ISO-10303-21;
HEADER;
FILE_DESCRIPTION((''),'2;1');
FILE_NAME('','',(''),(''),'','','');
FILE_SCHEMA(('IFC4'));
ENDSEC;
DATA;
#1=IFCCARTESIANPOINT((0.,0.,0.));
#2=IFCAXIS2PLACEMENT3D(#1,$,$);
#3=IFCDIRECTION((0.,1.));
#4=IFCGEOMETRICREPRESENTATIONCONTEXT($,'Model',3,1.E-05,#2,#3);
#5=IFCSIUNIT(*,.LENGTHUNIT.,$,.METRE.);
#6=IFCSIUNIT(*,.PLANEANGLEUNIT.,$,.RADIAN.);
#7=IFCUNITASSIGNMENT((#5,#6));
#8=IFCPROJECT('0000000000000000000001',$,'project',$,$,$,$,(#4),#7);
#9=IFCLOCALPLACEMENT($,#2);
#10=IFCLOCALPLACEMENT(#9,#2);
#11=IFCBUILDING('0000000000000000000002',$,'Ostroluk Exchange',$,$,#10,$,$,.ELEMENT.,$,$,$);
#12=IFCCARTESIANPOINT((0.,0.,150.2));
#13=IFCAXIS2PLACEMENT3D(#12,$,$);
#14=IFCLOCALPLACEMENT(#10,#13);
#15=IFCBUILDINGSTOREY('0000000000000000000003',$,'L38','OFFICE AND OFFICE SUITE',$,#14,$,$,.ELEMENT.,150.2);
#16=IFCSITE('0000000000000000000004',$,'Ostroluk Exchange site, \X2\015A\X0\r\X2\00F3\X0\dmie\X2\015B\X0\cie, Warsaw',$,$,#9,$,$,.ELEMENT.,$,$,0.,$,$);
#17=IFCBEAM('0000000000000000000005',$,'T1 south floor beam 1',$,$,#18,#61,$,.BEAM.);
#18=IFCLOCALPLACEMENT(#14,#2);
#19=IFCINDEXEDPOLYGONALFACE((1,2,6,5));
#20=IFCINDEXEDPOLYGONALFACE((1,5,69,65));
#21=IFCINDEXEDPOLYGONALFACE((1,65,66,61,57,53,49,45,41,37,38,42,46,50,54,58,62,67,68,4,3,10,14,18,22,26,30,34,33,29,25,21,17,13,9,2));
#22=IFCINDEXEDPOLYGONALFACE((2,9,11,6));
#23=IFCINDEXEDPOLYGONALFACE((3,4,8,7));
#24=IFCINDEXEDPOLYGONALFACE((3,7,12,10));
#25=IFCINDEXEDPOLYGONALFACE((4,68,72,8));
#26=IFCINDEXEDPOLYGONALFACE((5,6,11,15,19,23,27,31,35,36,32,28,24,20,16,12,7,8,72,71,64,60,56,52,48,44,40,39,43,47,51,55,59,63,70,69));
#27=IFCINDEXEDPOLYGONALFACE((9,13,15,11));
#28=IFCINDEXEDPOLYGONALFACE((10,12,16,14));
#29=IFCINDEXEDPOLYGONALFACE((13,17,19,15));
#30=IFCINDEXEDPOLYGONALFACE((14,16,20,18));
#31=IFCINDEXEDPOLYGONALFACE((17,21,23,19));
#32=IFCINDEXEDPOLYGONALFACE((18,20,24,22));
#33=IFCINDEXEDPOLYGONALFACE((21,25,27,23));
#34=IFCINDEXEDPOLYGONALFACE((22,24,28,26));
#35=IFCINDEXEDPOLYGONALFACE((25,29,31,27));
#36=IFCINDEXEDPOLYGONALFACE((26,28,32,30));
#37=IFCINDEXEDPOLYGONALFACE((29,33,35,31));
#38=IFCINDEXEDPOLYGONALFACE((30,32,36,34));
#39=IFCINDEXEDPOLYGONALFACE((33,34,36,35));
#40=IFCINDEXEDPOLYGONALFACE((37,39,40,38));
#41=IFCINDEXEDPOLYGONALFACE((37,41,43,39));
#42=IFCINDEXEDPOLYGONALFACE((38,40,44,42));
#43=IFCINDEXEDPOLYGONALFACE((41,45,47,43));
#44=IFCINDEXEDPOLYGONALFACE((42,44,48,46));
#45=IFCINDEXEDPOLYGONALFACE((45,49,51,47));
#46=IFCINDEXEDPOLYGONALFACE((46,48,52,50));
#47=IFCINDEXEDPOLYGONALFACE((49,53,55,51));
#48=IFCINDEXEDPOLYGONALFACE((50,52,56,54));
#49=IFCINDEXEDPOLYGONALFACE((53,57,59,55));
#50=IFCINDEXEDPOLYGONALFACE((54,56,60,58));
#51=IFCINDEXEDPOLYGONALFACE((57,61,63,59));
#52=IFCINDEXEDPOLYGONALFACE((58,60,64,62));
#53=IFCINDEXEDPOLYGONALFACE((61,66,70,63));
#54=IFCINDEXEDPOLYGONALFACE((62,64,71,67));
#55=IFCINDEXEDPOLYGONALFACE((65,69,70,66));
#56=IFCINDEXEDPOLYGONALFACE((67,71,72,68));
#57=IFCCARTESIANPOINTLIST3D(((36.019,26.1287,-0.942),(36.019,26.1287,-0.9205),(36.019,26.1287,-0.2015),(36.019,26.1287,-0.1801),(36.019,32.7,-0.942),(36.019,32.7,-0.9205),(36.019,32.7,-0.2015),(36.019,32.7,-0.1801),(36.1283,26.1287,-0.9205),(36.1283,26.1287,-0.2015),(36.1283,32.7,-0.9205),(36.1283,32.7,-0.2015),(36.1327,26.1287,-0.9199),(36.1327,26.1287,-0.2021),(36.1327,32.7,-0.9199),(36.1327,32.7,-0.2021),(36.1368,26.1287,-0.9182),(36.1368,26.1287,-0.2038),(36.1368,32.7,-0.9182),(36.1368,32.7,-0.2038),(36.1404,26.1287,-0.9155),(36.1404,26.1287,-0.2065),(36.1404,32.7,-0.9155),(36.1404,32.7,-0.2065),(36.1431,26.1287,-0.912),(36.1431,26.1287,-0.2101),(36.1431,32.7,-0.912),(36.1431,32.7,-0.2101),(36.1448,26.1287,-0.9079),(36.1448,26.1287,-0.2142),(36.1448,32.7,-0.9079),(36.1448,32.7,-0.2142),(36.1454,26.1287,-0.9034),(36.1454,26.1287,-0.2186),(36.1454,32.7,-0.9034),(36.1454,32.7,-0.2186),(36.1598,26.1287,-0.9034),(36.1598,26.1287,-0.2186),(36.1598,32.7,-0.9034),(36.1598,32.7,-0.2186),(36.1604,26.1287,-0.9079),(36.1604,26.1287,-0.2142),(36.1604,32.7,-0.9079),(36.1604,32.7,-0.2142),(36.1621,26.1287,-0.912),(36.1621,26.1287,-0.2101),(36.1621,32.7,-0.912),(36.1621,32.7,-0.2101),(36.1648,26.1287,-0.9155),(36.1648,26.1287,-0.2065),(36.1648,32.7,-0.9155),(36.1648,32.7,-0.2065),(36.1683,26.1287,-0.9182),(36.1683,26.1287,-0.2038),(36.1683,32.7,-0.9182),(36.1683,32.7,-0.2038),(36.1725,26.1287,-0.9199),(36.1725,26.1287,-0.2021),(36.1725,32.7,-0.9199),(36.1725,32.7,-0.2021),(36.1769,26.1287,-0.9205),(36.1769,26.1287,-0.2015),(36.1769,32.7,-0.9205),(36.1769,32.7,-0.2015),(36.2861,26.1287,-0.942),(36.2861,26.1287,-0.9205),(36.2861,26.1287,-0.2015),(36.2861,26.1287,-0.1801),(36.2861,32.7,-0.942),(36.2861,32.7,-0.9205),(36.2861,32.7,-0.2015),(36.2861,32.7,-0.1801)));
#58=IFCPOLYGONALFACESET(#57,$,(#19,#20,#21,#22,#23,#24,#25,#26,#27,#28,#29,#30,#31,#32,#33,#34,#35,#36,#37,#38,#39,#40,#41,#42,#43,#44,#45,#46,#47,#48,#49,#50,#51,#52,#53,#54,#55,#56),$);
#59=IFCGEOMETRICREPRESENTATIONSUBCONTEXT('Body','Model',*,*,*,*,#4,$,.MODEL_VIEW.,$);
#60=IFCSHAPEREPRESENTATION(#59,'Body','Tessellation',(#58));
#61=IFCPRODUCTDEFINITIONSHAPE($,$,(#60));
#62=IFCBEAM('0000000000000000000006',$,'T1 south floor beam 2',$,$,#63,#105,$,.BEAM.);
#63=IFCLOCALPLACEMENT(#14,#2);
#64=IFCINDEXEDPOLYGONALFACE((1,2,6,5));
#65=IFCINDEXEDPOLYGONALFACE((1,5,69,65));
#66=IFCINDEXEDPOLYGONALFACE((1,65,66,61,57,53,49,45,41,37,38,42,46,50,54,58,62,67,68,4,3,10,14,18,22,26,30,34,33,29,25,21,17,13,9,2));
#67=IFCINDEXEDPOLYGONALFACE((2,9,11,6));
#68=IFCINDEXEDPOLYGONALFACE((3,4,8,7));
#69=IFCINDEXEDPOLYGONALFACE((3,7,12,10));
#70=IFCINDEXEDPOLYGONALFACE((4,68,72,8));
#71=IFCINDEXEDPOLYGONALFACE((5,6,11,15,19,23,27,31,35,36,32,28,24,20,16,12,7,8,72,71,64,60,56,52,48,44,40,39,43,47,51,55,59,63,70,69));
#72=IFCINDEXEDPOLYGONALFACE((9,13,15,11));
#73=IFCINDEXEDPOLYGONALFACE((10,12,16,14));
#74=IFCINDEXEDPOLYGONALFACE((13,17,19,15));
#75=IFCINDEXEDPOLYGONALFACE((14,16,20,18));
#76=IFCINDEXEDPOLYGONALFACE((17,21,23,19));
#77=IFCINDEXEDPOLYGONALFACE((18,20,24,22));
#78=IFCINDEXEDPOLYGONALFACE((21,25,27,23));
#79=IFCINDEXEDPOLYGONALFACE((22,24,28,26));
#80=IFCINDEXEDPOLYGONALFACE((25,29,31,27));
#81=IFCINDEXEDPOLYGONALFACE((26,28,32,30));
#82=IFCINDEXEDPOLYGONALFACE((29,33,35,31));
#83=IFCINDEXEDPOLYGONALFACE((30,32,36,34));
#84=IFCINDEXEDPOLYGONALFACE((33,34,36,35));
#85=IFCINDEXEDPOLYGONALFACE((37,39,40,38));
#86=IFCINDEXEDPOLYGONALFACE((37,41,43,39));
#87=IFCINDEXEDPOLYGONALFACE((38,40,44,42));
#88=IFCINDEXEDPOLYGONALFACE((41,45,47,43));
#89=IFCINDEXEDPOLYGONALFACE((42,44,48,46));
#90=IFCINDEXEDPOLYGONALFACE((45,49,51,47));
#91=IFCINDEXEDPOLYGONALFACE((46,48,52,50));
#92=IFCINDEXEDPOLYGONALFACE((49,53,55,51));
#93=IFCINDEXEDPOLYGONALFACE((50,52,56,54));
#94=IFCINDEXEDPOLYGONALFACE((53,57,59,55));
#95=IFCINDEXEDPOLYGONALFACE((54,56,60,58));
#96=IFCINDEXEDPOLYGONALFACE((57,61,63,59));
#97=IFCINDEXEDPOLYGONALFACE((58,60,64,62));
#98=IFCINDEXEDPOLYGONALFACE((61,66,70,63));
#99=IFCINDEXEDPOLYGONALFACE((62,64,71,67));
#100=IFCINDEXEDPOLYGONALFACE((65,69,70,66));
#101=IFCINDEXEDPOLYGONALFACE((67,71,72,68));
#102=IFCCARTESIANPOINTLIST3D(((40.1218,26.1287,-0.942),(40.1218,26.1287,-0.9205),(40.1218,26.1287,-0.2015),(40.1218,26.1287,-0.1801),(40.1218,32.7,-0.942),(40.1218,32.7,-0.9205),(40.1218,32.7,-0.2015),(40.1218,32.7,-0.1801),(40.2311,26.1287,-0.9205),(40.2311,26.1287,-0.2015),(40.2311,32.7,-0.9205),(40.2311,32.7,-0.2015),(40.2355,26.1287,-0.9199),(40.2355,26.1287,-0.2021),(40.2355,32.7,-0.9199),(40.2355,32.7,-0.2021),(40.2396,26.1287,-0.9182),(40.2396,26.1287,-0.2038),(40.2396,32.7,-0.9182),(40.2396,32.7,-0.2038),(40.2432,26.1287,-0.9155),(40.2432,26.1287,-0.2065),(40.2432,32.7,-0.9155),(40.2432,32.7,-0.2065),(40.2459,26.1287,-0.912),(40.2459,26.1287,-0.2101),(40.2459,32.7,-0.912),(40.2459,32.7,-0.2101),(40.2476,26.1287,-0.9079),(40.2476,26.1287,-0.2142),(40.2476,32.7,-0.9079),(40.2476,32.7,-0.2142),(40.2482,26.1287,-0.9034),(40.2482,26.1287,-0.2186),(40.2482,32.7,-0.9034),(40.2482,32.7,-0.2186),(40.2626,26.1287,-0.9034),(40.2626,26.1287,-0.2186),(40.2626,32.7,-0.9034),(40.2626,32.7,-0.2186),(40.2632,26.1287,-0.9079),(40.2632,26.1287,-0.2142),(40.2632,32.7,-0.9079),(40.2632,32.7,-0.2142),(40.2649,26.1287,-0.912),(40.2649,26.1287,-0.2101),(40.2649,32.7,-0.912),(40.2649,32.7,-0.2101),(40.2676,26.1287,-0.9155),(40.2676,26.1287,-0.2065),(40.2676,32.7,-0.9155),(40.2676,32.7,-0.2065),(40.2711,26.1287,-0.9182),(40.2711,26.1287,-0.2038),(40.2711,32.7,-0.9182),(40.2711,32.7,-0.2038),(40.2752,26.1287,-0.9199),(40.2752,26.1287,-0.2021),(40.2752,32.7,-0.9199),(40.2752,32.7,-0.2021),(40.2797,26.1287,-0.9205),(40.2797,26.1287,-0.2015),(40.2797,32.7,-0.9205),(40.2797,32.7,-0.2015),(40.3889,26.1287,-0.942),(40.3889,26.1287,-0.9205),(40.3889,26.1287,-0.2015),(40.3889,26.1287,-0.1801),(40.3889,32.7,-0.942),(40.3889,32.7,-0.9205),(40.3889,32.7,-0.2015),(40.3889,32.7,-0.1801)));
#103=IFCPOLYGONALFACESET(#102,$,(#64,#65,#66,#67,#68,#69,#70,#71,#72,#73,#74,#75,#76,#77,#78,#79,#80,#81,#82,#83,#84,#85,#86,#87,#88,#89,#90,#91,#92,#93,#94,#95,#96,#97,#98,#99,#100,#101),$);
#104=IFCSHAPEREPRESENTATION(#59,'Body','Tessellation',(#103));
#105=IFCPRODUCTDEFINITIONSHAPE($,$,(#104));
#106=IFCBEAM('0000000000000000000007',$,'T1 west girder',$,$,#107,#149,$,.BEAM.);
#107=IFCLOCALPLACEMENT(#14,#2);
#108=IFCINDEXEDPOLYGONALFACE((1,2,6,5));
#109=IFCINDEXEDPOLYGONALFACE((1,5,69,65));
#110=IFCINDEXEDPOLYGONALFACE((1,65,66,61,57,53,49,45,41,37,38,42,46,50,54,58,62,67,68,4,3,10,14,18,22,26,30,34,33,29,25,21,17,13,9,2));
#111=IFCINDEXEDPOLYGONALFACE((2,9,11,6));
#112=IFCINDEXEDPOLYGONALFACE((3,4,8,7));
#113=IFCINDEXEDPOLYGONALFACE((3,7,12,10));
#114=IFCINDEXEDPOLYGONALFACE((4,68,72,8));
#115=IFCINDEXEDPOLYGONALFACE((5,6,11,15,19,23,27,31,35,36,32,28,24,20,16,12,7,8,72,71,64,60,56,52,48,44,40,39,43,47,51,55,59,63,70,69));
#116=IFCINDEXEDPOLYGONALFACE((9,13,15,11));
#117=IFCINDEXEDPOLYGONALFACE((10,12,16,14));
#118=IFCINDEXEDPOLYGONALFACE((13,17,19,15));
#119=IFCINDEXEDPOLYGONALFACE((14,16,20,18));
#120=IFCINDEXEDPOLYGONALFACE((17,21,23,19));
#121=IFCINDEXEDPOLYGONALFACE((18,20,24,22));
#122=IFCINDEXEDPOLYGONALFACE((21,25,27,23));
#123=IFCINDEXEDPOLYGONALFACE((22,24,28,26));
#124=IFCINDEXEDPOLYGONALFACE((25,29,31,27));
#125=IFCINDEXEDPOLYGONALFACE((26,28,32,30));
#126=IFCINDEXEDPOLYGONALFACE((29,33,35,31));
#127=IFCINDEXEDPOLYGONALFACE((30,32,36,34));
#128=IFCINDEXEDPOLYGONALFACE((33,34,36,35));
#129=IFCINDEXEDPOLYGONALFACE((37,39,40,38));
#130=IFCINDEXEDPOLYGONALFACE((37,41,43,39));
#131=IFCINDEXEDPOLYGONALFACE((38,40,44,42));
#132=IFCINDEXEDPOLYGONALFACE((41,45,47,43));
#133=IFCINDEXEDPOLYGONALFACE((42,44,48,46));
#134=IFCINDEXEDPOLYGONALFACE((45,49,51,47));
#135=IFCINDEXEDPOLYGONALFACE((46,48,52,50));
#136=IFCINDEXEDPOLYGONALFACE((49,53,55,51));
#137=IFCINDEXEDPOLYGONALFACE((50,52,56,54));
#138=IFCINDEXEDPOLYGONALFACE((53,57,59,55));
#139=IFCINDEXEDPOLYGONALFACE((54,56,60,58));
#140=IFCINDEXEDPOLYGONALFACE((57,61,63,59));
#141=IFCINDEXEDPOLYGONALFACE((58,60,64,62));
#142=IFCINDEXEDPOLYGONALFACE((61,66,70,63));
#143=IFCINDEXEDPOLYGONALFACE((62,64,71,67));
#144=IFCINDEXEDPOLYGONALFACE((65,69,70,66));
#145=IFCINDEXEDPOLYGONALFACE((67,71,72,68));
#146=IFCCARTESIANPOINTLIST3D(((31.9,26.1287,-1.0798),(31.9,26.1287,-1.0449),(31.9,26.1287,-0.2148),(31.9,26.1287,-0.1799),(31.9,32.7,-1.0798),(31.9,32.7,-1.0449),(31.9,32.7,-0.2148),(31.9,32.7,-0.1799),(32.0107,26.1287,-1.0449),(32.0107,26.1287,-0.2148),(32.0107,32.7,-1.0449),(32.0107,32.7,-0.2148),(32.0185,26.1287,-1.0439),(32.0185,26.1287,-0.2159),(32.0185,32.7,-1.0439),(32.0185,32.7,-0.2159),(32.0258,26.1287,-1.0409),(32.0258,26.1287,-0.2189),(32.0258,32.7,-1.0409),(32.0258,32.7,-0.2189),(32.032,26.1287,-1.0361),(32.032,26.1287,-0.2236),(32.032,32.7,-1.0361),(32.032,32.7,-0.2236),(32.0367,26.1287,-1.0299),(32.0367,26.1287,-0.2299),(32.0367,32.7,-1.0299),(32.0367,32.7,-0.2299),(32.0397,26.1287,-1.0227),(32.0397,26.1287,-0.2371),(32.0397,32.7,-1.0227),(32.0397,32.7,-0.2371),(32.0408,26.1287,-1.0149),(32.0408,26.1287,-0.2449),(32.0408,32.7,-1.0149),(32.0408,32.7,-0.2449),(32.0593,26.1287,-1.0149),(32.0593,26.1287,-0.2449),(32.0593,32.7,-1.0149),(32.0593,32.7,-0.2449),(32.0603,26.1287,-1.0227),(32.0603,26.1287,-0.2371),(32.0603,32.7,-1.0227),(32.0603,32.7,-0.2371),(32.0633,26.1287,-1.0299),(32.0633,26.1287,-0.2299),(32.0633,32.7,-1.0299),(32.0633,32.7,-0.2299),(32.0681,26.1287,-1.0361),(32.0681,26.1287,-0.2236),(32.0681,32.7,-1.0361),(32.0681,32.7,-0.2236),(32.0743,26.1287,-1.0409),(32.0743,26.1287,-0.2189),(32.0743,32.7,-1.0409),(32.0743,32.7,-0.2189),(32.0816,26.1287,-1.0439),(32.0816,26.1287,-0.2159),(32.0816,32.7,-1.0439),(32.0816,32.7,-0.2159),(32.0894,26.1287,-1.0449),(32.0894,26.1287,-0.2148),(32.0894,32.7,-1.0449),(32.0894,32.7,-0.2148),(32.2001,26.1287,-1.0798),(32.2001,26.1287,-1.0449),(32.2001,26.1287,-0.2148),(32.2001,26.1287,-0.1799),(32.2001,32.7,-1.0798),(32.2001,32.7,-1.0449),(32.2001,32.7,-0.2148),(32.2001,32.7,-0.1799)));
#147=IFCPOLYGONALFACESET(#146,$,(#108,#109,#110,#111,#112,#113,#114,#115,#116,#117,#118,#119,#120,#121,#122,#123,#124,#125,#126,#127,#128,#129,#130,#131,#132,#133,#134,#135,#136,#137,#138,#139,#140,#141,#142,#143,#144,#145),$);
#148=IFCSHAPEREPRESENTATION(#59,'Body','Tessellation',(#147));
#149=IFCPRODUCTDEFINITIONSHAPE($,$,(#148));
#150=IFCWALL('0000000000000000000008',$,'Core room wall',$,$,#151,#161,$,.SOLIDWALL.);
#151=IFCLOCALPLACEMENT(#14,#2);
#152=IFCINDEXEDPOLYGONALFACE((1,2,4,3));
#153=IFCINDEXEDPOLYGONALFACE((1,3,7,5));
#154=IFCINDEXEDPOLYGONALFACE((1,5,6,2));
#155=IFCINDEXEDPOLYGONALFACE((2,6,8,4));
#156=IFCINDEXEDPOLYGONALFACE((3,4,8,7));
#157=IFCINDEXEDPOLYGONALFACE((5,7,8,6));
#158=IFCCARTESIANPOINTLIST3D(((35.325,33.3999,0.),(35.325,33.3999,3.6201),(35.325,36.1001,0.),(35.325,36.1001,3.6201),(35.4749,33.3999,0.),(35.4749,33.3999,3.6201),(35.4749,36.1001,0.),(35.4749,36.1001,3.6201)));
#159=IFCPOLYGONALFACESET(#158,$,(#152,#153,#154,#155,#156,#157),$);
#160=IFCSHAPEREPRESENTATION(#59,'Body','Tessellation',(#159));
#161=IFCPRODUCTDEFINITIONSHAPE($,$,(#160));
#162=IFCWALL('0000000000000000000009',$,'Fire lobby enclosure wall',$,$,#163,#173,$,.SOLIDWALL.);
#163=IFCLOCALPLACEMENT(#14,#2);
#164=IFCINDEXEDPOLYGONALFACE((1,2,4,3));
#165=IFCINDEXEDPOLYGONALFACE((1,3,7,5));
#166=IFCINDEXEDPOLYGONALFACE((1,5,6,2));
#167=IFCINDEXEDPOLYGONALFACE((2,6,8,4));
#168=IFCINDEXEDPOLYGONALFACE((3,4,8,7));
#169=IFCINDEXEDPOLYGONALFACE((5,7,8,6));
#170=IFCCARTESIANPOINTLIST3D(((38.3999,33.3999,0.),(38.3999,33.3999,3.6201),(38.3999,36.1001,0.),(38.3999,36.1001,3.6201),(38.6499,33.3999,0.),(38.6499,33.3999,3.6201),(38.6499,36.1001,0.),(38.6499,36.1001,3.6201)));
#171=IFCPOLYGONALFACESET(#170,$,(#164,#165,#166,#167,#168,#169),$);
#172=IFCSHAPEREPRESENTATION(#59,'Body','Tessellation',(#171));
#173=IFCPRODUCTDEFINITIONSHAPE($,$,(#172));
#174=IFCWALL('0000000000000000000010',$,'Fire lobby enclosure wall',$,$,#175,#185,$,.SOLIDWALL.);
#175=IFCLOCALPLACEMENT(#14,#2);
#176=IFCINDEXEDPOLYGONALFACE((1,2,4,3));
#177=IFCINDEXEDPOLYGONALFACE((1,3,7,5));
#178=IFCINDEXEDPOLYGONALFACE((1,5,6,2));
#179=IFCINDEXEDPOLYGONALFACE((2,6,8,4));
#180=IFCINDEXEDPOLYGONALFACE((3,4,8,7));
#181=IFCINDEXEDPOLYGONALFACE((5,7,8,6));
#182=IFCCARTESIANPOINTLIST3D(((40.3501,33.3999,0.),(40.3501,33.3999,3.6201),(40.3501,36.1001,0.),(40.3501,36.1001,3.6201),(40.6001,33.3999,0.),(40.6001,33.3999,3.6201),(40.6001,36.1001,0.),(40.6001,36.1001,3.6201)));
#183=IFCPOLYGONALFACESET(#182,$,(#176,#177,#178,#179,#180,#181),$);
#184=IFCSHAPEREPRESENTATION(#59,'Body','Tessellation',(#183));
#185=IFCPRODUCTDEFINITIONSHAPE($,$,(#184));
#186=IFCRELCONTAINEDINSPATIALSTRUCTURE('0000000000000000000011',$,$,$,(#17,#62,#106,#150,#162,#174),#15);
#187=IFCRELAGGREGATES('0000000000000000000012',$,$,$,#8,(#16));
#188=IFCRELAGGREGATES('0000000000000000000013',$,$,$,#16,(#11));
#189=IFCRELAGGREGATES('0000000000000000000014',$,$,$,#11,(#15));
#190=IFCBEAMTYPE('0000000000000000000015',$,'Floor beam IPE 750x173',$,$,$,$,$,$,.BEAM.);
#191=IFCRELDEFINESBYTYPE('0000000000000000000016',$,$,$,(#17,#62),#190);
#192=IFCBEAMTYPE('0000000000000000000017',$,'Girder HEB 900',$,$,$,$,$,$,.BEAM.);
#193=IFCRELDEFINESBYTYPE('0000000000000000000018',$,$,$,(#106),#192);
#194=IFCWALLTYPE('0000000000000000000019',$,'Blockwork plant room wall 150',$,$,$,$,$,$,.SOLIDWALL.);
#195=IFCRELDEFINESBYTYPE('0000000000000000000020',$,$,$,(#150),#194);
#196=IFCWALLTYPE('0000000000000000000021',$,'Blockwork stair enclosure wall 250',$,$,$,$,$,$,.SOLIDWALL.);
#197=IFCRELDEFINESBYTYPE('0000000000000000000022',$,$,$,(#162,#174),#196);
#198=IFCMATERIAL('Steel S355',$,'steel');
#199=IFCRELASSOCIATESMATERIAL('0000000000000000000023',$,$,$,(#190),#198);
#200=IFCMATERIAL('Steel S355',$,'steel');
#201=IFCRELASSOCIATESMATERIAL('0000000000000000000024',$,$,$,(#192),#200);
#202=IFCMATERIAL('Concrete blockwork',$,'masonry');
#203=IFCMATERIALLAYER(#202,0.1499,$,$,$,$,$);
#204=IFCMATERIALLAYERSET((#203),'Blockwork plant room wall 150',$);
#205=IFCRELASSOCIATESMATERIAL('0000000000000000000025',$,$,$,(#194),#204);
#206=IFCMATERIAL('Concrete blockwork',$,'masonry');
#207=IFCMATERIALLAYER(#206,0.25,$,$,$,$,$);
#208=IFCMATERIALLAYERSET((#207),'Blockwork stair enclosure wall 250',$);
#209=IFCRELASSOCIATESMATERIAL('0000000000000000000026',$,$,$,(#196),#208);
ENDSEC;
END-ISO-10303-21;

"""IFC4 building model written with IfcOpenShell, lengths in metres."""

from ifc_helpers import new_model, si_unit, direction, frame, frame_2d, origin, origin_2d, place, context, subcontext, project, spatial, rectangle, i_section, extrude, material, layer, layer_set, material_profile, profile_set, type_object, element, save


model = new_model("IFC4")

# Units and contexts
model_context = context("Model", 3, precision=1e-05, world=origin(), true_north=direction((0.0, 1.0)))
body_context = subcontext(model_context, "Body", "Model", "MODEL_VIEW")
ifc_project = project(units=[si_unit("LENGTHUNIT", "METRE"), si_unit("PLANEANGLEUNIT", "RADIAN")], contexts=[model_context])

# Site, building, storey
site_placement = place(None, origin())
site = spatial("IfcSite", under=ifc_project, at=site_placement, Name="Ostroluk Exchange site, Śródmieście, Warsaw", CompositionType="ELEMENT", RefElevation=0.0)
building_placement = place(site_placement, origin())
building = spatial("IfcBuilding", under=site, at=building_placement, Name="Ostroluk Exchange", CompositionType="ELEMENT")
storey_placement = place(building_placement, frame((0.0, 0.0, 150.2)))
storey = spatial("IfcBuildingStorey", under=building, at=storey_placement, Name="L38", Description="OFFICE AND OFFICE SUITE", CompositionType="ELEMENT", Elevation=150.2)

# Beams
ifc_material_1 = material(Name="Steel S355", Category="steel")
ifc_material_profile_1 = material_profile(ifc_material_1, i_section(OverallWidth=0.2671, OverallDepth=0.762, WebThickness=0.0144, FlangeThickness=0.0215, FilletRadius=0.0171, at=origin_2d()), Name="IPE 750x173")
ifc_profile_set_1 = profile_set([ifc_material_profile_1], Name="Steel S355")
beam_type_1 = type_object("IfcBeamType", Name="Floor beam IPE 750x173", PredefinedType="BEAM", material=ifc_profile_set_1)
for number, where, z_axis, x_axis, name in (
    (1, (36.1526, 32.7, -0.561), (0.0, -1.0, 0.0), (1.0, 0.0, 0.0), "T1 south floor beam 1"),
    (2, (40.2554, 32.7, -0.561), (0.0, -1.0, 0.0), (1.0, 0.0, 0.0), "T1 south floor beam 2"),
):
    element("IfcBeam", number, at=place(storey_placement, frame(where, z_axis=z_axis, x_axis=x_axis)), inside=storey, type_object=beam_type_1, Name=name, PredefinedType="BEAM", context=body_context, shape_type="SweptSolid", body=[
        extrude(i_section(OverallWidth=0.2671, OverallDepth=0.762, WebThickness=0.0144, FlangeThickness=0.0215, FilletRadius=0.0171, at=origin_2d()), origin(), (0.0, 0.0, 1.0), 6.5713),
    ])
ifc_material_2 = material(Name="Steel S355", Category="steel")
ifc_material_profile_2 = material_profile(ifc_material_2, i_section(OverallWidth=0.3, OverallDepth=0.8999, WebThickness=0.0186, FlangeThickness=0.0349, FilletRadius=0.03, at=origin_2d()), Name="HEB 900")
ifc_profile_set_2 = profile_set([ifc_material_profile_2], Name="Steel S355")
beam_type_2 = type_object("IfcBeamType", Name="Girder HEB 900", PredefinedType="BEAM", material=ifc_profile_set_2)
beam_placement = place(storey_placement, frame((32.05, 32.7, -0.6299), z_axis=(0.0, -1.0, 0.0), x_axis=(1.0, 0.0, 0.0)))
element("IfcBeam", 3, at=beam_placement, inside=storey, type_object=beam_type_2, Name="T1 west girder", PredefinedType="BEAM", context=body_context, shape_type="SweptSolid", body=[
    extrude(i_section(OverallWidth=0.3, OverallDepth=0.8999, WebThickness=0.0186, FlangeThickness=0.0349, FilletRadius=0.03, at=origin_2d()), origin(), (0.0, 0.0, 1.0), 6.5713),
])

# Walls
ifc_material_3 = material(Name="Concrete blockwork", Category="masonry")
ifc_layer_1 = layer(ifc_material_3, 0.1499)
ifc_layer_set_1 = layer_set([ifc_layer_1], Name="Blockwork plant room wall 150")
wall_type_1 = type_object("IfcWallType", Name="Blockwork plant room wall 150", PredefinedType="SOLIDWALL", material=ifc_layer_set_1)
wall_1_placement = place(storey_placement, frame((35.3999, 33.3999, 0.0), z_axis=(0.0, 0.0, 1.0), x_axis=(0.0, 1.0, 0.0)))
element("IfcWall", 4, at=wall_1_placement, inside=storey, type_object=wall_type_1, Name="Core room wall", PredefinedType="SOLIDWALL", context=body_context, shape_type="SweptSolid", body=[
    extrude(rectangle(XDim=2.7002, YDim=0.1499, at=frame_2d((1.3501, 0.0))), origin(), (0.0, 0.0, 1.0), 3.6201),
])
ifc_material_4 = material(Name="Concrete blockwork", Category="masonry")
ifc_layer_2 = layer(ifc_material_4, 0.25)
ifc_layer_set_2 = layer_set([ifc_layer_2], Name="Blockwork stair enclosure wall 250")
wall_type_2 = type_object("IfcWallType", Name="Blockwork stair enclosure wall 250", PredefinedType="SOLIDWALL", material=ifc_layer_set_2)
for number, where, z_axis, x_axis, name in (
    (5, (38.5249, 33.3999, 0.0), (0.0, 0.0, 1.0), (0.0, 1.0, 0.0), "Fire lobby enclosure wall"),
    (6, (40.4751, 33.3999, 0.0), (0.0, 0.0, 1.0), (0.0, 1.0, 0.0), "Fire lobby enclosure wall"),
):
    element("IfcWall", number, at=place(storey_placement, frame(where, z_axis=z_axis, x_axis=x_axis)), inside=storey, type_object=wall_type_2, Name=name, PredefinedType="SOLIDWALL", context=body_context, shape_type="SweptSolid", body=[
        extrude(rectangle(XDim=2.7002, YDim=0.25, at=frame_2d((1.3501, 0.0))), origin(), (0.0, 0.0, 1.0), 3.6201),
    ])

save(model, "model.ifc")
